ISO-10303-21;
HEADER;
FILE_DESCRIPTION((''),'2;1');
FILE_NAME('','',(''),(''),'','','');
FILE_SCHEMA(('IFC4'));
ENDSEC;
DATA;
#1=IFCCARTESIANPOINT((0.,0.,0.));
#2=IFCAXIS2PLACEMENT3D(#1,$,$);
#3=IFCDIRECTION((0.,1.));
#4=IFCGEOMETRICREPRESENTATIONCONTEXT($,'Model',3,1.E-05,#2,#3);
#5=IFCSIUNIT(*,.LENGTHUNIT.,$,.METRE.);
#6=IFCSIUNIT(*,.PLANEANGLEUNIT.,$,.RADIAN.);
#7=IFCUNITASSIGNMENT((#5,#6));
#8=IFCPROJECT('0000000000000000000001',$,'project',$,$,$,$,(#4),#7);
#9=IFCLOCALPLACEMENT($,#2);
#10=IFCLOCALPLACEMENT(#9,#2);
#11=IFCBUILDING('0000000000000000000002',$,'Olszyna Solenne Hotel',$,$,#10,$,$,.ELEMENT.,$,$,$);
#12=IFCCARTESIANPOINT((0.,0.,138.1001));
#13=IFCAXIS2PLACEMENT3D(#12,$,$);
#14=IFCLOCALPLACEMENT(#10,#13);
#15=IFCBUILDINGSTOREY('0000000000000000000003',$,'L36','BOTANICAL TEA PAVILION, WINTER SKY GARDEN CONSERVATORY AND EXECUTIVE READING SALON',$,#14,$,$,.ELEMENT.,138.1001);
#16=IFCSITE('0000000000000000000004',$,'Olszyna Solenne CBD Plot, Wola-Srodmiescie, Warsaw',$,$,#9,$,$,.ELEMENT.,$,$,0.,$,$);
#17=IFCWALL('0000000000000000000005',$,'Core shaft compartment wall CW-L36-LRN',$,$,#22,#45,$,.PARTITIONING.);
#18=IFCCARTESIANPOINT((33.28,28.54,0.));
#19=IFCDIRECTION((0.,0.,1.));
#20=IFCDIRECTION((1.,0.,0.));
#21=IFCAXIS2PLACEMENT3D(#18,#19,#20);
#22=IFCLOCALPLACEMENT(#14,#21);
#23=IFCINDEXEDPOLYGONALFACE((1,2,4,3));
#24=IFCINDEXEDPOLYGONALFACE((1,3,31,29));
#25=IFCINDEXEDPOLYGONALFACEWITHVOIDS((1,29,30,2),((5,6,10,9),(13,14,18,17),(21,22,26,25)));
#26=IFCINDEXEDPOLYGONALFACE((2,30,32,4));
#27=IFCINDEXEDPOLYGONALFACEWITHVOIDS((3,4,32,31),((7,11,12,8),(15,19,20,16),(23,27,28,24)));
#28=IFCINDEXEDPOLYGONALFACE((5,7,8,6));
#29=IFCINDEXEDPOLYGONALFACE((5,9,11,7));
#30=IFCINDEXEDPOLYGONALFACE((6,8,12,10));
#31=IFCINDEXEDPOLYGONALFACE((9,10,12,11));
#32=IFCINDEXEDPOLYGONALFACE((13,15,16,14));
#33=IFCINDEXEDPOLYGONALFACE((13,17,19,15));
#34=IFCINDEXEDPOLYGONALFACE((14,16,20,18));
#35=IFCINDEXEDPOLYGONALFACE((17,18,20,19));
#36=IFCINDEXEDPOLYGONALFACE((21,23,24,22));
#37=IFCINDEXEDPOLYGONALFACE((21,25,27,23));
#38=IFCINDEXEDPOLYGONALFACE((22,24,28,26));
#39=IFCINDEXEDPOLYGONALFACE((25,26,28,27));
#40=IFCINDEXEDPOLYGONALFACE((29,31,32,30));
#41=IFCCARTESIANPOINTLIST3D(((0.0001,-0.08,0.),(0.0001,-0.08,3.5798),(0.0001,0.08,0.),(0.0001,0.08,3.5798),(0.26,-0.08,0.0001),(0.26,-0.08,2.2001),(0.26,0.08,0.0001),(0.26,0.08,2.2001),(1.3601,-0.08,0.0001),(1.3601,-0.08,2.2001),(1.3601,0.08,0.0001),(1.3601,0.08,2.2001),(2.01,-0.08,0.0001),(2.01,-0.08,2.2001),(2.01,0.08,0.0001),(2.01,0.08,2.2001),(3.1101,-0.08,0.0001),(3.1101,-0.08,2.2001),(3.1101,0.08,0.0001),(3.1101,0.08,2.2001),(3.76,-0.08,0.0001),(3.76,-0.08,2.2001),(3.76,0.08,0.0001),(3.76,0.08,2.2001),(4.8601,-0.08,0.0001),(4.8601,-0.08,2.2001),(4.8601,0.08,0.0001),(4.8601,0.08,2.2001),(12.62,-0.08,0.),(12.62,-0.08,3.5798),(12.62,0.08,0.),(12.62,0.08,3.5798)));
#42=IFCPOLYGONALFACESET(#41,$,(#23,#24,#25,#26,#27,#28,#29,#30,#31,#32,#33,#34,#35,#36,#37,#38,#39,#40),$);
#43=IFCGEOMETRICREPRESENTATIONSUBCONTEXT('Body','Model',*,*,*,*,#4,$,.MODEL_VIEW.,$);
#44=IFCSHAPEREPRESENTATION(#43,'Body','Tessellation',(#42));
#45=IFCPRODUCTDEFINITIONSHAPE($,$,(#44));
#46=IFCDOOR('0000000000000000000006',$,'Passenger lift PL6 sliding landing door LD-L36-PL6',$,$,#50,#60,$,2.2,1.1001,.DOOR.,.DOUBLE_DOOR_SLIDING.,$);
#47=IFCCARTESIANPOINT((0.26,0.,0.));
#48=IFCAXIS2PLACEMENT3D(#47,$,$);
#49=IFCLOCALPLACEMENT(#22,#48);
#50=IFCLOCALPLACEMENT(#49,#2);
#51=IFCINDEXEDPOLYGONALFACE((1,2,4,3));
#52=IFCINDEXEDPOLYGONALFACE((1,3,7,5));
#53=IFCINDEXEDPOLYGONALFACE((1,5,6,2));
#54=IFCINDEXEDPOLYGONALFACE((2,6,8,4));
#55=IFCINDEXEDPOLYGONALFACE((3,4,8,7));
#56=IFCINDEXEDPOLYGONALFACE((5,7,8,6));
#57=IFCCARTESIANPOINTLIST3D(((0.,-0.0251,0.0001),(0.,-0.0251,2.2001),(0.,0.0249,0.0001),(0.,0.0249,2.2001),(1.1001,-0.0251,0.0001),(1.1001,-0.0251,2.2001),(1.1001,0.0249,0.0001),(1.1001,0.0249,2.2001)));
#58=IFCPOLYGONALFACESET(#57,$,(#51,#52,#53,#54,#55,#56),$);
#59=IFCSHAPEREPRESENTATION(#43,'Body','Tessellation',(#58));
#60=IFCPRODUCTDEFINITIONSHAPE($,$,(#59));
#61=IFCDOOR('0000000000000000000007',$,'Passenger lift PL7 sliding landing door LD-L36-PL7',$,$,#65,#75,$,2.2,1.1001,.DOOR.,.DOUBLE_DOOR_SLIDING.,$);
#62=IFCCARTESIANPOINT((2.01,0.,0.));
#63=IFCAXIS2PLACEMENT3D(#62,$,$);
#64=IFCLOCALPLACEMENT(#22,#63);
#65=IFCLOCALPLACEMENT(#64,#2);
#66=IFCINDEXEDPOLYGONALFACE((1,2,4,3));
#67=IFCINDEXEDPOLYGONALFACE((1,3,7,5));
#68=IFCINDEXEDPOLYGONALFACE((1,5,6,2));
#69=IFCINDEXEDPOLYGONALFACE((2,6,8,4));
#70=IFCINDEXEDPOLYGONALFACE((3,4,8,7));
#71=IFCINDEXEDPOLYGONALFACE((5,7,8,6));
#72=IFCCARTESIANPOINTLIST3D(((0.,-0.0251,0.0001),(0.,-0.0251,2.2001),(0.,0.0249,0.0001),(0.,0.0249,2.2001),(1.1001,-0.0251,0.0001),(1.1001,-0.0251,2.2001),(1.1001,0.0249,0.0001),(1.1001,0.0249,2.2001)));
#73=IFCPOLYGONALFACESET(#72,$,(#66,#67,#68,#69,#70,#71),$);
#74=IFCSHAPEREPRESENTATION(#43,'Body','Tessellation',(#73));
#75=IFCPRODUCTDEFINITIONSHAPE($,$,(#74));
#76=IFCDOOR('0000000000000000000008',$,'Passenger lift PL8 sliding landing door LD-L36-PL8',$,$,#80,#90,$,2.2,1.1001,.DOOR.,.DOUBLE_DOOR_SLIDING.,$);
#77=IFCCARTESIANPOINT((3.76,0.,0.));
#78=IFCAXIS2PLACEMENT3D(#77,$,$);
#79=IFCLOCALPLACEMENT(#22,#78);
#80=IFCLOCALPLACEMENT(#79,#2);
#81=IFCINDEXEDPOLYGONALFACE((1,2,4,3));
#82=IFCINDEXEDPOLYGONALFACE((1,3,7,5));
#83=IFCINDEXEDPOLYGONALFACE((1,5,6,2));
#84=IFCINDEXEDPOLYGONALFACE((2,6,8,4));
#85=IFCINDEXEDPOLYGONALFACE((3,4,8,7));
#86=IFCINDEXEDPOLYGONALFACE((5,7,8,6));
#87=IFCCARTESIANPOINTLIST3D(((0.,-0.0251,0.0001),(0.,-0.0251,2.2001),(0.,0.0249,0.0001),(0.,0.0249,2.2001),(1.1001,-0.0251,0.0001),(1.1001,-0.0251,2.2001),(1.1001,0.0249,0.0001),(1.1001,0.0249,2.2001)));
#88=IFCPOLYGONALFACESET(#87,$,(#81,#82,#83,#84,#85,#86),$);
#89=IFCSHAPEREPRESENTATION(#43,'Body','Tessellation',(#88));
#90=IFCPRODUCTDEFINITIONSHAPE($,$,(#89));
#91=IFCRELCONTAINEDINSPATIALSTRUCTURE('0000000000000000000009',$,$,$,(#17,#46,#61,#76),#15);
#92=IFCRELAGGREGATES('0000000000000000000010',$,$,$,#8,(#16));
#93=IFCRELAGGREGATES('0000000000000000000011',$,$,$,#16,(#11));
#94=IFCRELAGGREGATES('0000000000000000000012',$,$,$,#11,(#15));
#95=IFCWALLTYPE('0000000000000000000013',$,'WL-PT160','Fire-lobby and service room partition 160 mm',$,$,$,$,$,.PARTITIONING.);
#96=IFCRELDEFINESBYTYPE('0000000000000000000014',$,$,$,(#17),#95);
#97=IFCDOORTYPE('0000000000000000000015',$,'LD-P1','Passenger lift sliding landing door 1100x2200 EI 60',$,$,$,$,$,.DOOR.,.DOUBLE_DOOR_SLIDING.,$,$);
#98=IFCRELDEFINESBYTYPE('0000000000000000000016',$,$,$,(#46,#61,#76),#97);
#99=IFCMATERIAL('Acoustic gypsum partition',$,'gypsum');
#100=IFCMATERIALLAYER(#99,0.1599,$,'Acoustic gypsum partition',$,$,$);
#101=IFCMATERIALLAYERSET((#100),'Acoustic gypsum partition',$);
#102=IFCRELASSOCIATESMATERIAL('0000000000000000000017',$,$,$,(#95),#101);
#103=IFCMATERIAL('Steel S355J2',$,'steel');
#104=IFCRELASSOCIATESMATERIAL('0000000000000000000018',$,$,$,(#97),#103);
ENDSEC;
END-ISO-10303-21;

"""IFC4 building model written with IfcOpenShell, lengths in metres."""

from ifc_helpers import new_model, si_unit, direction, frame, frame_2d, origin, place, context, subcontext, project, spatial, rectangle, extrude, source, transform, mapped, material, layer, layer_set, type_object, type_shapes, element, fill, save


model = new_model("IFC4")

# Units and contexts
model_context = context("Model", 3, precision=1e-05, world=origin(), true_north=direction((0.0, 1.0)))
body_context = subcontext(model_context, "Body", "Model", "MODEL_VIEW")
ifc_project = project(units=[si_unit("LENGTHUNIT", "METRE"), si_unit("PLANEANGLEUNIT", "RADIAN")], contexts=[model_context])

# Site, building, storey
site_placement = place(None, origin())
site = spatial("IfcSite", under=ifc_project, at=site_placement, Name="Olszyna Solenne CBD Plot, Wola-Srodmiescie, Warsaw", CompositionType="ELEMENT", RefElevation=0.0)
building_placement = place(site_placement, origin())
building = spatial("IfcBuilding", under=site, at=building_placement, Name="Olszyna Solenne Hotel", CompositionType="ELEMENT")
storey_placement = place(building_placement, frame((0.0, 0.0, 138.1001)))
storey = spatial("IfcBuildingStorey", under=building, at=storey_placement, Name="L36", Description="BOTANICAL TEA PAVILION, WINTER SKY GARDEN CONSERVATORY AND EXECUTIVE READING SALON", CompositionType="ELEMENT", Elevation=138.1001)

# Shared definitions
ifc_material_1 = material(Name="Steel S355J2", Category="steel")

# Shared definitions
ifc_material_2 = material(Name="Acoustic gypsum partition", Category="gypsum")
ifc_layer = layer(ifc_material_2, 0.1599, Name="Acoustic gypsum partition")
ifc_layer_set = layer_set([ifc_layer], Name="Acoustic gypsum partition")
wall_type = type_object("IfcWallType", Name="WL-PT160", Description="Fire-lobby and service room partition 160 mm", PredefinedType="PARTITIONING", material=ifc_layer_set)

# Wall, openings, doors
door_type_1 = type_object("IfcDoorType", Name="LD-P1", Description="Passenger lift sliding landing door 1100x2200 EI 60", OperationType="DOUBLE_DOOR_SLIDING", PredefinedType="DOOR", material=ifc_material_1)
shared_shape_1 = source(origin(), body_context, "Body", "SweptSolid", [
    extrude(rectangle(XDim=1.1001, YDim=2.2, at=frame_2d((0.55, 1.1001))), frame((0.0, 0.0249, 0.0), z_axis=(0.0, -1.0, 0.0), x_axis=(1.0, 0.0, 0.0)), (0.0, 0.0, 1.0), 0.05),
])
type_shapes(door_type_1, [shared_shape_1])
wall_1_placement = place(storey_placement, frame((33.28, 28.54, 0.0), z_axis=(0.0, 0.0, 1.0), x_axis=(1.0, 0.0, 0.0)))
wall_1 = element("IfcWall", 1, at=wall_1_placement, inside=storey, type_object=wall_type, Name="Core shaft compartment wall CW-L36-LRN", PredefinedType="PARTITIONING", context=body_context, shape_type="SweptSolid", body=[
    extrude(rectangle(XDim=12.6199, YDim=0.1599, at=frame_2d((6.3101, 0.0))), origin(), (0.0, 0.0, 1.0), 3.5798),
])
opening_1_placement = place(wall_1_placement, frame((0.26, 0.0, 0.0)))
opening_1 = element("IfcOpeningElement", 2, at=opening_1_placement, cuts=wall_1, PredefinedType="OPENING", context=body_context, shape_type="SweptSolid", body=[
    extrude(rectangle(XDim=1.1001, YDim=2.2, at=frame_2d((0.55, 1.1001))), frame((0.0, 0.0898, 0.0), z_axis=(0.0, -1.0, 0.0), x_axis=(1.0, 0.0, 0.0)), (0.0, 0.0, 1.0), 0.1799),
])
opening_2_placement = place(wall_1_placement, frame((2.01, 0.0, 0.0)))
opening_2 = element("IfcOpeningElement", 3, at=opening_2_placement, cuts=wall_1, PredefinedType="OPENING", context=body_context, shape_type="SweptSolid", body=[
    extrude(rectangle(XDim=1.1001, YDim=2.2, at=frame_2d((0.55, 1.1001))), frame((0.0, 0.0898, 0.0), z_axis=(0.0, -1.0, 0.0), x_axis=(1.0, 0.0, 0.0)), (0.0, 0.0, 1.0), 0.1799),
])
opening_3_placement = place(wall_1_placement, frame((3.76, 0.0, 0.0)))
opening_3 = element("IfcOpeningElement", 4, at=opening_3_placement, cuts=wall_1, PredefinedType="OPENING", context=body_context, shape_type="SweptSolid", body=[
    extrude(rectangle(XDim=1.1001, YDim=2.2, at=frame_2d((0.55, 1.1001))), frame((0.0, 0.0898, 0.0), z_axis=(0.0, -1.0, 0.0), x_axis=(1.0, 0.0, 0.0)), (0.0, 0.0, 1.0), 0.1799),
])
door_1_placement = place(opening_1_placement, origin())
door_1 = element("IfcDoor", 5, at=door_1_placement, inside=storey, type_object=door_type_1, Name="Passenger lift PL6 sliding landing door LD-L36-PL6", OperationType="DOUBLE_DOOR_SLIDING", OverallHeight=2.2, OverallWidth=1.1001, PredefinedType="DOOR", context=body_context, shape_type="MappedRepresentation", body=[
    mapped(shared_shape_1, transform((0.0, 0.0, 0.0), x_axis=(1.0, 0.0, 0.0), y_axis=(0.0, 1.0, 0.0), z_axis=(0.0, 0.0, 1.0), scale=1.0)),
])
fill(opening_1, door_1)
door_2_placement = place(opening_2_placement, origin())
door_2 = element("IfcDoor", 6, at=door_2_placement, inside=storey, type_object=door_type_1, Name="Passenger lift PL7 sliding landing door LD-L36-PL7", OperationType="DOUBLE_DOOR_SLIDING", OverallHeight=2.2, OverallWidth=1.1001, PredefinedType="DOOR", context=body_context, shape_type="MappedRepresentation", body=[
    mapped(shared_shape_1, transform((0.0, 0.0, 0.0), x_axis=(1.0, 0.0, 0.0), y_axis=(0.0, 1.0, 0.0), z_axis=(0.0, 0.0, 1.0), scale=1.0)),
])
fill(opening_2, door_2)
door_3_placement = place(opening_3_placement, origin())
door_3 = element("IfcDoor", 7, at=door_3_placement, inside=storey, type_object=door_type_1, Name="Passenger lift PL8 sliding landing door LD-L36-PL8", OperationType="DOUBLE_DOOR_SLIDING", OverallHeight=2.2, OverallWidth=1.1001, PredefinedType="DOOR", context=body_context, shape_type="MappedRepresentation", body=[
    mapped(shared_shape_1, transform((0.0, 0.0, 0.0), x_axis=(1.0, 0.0, 0.0), y_axis=(0.0, 1.0, 0.0), z_axis=(0.0, 0.0, 1.0), scale=1.0)),
])
fill(opening_3, door_3)

save(model, "model.ifc")
